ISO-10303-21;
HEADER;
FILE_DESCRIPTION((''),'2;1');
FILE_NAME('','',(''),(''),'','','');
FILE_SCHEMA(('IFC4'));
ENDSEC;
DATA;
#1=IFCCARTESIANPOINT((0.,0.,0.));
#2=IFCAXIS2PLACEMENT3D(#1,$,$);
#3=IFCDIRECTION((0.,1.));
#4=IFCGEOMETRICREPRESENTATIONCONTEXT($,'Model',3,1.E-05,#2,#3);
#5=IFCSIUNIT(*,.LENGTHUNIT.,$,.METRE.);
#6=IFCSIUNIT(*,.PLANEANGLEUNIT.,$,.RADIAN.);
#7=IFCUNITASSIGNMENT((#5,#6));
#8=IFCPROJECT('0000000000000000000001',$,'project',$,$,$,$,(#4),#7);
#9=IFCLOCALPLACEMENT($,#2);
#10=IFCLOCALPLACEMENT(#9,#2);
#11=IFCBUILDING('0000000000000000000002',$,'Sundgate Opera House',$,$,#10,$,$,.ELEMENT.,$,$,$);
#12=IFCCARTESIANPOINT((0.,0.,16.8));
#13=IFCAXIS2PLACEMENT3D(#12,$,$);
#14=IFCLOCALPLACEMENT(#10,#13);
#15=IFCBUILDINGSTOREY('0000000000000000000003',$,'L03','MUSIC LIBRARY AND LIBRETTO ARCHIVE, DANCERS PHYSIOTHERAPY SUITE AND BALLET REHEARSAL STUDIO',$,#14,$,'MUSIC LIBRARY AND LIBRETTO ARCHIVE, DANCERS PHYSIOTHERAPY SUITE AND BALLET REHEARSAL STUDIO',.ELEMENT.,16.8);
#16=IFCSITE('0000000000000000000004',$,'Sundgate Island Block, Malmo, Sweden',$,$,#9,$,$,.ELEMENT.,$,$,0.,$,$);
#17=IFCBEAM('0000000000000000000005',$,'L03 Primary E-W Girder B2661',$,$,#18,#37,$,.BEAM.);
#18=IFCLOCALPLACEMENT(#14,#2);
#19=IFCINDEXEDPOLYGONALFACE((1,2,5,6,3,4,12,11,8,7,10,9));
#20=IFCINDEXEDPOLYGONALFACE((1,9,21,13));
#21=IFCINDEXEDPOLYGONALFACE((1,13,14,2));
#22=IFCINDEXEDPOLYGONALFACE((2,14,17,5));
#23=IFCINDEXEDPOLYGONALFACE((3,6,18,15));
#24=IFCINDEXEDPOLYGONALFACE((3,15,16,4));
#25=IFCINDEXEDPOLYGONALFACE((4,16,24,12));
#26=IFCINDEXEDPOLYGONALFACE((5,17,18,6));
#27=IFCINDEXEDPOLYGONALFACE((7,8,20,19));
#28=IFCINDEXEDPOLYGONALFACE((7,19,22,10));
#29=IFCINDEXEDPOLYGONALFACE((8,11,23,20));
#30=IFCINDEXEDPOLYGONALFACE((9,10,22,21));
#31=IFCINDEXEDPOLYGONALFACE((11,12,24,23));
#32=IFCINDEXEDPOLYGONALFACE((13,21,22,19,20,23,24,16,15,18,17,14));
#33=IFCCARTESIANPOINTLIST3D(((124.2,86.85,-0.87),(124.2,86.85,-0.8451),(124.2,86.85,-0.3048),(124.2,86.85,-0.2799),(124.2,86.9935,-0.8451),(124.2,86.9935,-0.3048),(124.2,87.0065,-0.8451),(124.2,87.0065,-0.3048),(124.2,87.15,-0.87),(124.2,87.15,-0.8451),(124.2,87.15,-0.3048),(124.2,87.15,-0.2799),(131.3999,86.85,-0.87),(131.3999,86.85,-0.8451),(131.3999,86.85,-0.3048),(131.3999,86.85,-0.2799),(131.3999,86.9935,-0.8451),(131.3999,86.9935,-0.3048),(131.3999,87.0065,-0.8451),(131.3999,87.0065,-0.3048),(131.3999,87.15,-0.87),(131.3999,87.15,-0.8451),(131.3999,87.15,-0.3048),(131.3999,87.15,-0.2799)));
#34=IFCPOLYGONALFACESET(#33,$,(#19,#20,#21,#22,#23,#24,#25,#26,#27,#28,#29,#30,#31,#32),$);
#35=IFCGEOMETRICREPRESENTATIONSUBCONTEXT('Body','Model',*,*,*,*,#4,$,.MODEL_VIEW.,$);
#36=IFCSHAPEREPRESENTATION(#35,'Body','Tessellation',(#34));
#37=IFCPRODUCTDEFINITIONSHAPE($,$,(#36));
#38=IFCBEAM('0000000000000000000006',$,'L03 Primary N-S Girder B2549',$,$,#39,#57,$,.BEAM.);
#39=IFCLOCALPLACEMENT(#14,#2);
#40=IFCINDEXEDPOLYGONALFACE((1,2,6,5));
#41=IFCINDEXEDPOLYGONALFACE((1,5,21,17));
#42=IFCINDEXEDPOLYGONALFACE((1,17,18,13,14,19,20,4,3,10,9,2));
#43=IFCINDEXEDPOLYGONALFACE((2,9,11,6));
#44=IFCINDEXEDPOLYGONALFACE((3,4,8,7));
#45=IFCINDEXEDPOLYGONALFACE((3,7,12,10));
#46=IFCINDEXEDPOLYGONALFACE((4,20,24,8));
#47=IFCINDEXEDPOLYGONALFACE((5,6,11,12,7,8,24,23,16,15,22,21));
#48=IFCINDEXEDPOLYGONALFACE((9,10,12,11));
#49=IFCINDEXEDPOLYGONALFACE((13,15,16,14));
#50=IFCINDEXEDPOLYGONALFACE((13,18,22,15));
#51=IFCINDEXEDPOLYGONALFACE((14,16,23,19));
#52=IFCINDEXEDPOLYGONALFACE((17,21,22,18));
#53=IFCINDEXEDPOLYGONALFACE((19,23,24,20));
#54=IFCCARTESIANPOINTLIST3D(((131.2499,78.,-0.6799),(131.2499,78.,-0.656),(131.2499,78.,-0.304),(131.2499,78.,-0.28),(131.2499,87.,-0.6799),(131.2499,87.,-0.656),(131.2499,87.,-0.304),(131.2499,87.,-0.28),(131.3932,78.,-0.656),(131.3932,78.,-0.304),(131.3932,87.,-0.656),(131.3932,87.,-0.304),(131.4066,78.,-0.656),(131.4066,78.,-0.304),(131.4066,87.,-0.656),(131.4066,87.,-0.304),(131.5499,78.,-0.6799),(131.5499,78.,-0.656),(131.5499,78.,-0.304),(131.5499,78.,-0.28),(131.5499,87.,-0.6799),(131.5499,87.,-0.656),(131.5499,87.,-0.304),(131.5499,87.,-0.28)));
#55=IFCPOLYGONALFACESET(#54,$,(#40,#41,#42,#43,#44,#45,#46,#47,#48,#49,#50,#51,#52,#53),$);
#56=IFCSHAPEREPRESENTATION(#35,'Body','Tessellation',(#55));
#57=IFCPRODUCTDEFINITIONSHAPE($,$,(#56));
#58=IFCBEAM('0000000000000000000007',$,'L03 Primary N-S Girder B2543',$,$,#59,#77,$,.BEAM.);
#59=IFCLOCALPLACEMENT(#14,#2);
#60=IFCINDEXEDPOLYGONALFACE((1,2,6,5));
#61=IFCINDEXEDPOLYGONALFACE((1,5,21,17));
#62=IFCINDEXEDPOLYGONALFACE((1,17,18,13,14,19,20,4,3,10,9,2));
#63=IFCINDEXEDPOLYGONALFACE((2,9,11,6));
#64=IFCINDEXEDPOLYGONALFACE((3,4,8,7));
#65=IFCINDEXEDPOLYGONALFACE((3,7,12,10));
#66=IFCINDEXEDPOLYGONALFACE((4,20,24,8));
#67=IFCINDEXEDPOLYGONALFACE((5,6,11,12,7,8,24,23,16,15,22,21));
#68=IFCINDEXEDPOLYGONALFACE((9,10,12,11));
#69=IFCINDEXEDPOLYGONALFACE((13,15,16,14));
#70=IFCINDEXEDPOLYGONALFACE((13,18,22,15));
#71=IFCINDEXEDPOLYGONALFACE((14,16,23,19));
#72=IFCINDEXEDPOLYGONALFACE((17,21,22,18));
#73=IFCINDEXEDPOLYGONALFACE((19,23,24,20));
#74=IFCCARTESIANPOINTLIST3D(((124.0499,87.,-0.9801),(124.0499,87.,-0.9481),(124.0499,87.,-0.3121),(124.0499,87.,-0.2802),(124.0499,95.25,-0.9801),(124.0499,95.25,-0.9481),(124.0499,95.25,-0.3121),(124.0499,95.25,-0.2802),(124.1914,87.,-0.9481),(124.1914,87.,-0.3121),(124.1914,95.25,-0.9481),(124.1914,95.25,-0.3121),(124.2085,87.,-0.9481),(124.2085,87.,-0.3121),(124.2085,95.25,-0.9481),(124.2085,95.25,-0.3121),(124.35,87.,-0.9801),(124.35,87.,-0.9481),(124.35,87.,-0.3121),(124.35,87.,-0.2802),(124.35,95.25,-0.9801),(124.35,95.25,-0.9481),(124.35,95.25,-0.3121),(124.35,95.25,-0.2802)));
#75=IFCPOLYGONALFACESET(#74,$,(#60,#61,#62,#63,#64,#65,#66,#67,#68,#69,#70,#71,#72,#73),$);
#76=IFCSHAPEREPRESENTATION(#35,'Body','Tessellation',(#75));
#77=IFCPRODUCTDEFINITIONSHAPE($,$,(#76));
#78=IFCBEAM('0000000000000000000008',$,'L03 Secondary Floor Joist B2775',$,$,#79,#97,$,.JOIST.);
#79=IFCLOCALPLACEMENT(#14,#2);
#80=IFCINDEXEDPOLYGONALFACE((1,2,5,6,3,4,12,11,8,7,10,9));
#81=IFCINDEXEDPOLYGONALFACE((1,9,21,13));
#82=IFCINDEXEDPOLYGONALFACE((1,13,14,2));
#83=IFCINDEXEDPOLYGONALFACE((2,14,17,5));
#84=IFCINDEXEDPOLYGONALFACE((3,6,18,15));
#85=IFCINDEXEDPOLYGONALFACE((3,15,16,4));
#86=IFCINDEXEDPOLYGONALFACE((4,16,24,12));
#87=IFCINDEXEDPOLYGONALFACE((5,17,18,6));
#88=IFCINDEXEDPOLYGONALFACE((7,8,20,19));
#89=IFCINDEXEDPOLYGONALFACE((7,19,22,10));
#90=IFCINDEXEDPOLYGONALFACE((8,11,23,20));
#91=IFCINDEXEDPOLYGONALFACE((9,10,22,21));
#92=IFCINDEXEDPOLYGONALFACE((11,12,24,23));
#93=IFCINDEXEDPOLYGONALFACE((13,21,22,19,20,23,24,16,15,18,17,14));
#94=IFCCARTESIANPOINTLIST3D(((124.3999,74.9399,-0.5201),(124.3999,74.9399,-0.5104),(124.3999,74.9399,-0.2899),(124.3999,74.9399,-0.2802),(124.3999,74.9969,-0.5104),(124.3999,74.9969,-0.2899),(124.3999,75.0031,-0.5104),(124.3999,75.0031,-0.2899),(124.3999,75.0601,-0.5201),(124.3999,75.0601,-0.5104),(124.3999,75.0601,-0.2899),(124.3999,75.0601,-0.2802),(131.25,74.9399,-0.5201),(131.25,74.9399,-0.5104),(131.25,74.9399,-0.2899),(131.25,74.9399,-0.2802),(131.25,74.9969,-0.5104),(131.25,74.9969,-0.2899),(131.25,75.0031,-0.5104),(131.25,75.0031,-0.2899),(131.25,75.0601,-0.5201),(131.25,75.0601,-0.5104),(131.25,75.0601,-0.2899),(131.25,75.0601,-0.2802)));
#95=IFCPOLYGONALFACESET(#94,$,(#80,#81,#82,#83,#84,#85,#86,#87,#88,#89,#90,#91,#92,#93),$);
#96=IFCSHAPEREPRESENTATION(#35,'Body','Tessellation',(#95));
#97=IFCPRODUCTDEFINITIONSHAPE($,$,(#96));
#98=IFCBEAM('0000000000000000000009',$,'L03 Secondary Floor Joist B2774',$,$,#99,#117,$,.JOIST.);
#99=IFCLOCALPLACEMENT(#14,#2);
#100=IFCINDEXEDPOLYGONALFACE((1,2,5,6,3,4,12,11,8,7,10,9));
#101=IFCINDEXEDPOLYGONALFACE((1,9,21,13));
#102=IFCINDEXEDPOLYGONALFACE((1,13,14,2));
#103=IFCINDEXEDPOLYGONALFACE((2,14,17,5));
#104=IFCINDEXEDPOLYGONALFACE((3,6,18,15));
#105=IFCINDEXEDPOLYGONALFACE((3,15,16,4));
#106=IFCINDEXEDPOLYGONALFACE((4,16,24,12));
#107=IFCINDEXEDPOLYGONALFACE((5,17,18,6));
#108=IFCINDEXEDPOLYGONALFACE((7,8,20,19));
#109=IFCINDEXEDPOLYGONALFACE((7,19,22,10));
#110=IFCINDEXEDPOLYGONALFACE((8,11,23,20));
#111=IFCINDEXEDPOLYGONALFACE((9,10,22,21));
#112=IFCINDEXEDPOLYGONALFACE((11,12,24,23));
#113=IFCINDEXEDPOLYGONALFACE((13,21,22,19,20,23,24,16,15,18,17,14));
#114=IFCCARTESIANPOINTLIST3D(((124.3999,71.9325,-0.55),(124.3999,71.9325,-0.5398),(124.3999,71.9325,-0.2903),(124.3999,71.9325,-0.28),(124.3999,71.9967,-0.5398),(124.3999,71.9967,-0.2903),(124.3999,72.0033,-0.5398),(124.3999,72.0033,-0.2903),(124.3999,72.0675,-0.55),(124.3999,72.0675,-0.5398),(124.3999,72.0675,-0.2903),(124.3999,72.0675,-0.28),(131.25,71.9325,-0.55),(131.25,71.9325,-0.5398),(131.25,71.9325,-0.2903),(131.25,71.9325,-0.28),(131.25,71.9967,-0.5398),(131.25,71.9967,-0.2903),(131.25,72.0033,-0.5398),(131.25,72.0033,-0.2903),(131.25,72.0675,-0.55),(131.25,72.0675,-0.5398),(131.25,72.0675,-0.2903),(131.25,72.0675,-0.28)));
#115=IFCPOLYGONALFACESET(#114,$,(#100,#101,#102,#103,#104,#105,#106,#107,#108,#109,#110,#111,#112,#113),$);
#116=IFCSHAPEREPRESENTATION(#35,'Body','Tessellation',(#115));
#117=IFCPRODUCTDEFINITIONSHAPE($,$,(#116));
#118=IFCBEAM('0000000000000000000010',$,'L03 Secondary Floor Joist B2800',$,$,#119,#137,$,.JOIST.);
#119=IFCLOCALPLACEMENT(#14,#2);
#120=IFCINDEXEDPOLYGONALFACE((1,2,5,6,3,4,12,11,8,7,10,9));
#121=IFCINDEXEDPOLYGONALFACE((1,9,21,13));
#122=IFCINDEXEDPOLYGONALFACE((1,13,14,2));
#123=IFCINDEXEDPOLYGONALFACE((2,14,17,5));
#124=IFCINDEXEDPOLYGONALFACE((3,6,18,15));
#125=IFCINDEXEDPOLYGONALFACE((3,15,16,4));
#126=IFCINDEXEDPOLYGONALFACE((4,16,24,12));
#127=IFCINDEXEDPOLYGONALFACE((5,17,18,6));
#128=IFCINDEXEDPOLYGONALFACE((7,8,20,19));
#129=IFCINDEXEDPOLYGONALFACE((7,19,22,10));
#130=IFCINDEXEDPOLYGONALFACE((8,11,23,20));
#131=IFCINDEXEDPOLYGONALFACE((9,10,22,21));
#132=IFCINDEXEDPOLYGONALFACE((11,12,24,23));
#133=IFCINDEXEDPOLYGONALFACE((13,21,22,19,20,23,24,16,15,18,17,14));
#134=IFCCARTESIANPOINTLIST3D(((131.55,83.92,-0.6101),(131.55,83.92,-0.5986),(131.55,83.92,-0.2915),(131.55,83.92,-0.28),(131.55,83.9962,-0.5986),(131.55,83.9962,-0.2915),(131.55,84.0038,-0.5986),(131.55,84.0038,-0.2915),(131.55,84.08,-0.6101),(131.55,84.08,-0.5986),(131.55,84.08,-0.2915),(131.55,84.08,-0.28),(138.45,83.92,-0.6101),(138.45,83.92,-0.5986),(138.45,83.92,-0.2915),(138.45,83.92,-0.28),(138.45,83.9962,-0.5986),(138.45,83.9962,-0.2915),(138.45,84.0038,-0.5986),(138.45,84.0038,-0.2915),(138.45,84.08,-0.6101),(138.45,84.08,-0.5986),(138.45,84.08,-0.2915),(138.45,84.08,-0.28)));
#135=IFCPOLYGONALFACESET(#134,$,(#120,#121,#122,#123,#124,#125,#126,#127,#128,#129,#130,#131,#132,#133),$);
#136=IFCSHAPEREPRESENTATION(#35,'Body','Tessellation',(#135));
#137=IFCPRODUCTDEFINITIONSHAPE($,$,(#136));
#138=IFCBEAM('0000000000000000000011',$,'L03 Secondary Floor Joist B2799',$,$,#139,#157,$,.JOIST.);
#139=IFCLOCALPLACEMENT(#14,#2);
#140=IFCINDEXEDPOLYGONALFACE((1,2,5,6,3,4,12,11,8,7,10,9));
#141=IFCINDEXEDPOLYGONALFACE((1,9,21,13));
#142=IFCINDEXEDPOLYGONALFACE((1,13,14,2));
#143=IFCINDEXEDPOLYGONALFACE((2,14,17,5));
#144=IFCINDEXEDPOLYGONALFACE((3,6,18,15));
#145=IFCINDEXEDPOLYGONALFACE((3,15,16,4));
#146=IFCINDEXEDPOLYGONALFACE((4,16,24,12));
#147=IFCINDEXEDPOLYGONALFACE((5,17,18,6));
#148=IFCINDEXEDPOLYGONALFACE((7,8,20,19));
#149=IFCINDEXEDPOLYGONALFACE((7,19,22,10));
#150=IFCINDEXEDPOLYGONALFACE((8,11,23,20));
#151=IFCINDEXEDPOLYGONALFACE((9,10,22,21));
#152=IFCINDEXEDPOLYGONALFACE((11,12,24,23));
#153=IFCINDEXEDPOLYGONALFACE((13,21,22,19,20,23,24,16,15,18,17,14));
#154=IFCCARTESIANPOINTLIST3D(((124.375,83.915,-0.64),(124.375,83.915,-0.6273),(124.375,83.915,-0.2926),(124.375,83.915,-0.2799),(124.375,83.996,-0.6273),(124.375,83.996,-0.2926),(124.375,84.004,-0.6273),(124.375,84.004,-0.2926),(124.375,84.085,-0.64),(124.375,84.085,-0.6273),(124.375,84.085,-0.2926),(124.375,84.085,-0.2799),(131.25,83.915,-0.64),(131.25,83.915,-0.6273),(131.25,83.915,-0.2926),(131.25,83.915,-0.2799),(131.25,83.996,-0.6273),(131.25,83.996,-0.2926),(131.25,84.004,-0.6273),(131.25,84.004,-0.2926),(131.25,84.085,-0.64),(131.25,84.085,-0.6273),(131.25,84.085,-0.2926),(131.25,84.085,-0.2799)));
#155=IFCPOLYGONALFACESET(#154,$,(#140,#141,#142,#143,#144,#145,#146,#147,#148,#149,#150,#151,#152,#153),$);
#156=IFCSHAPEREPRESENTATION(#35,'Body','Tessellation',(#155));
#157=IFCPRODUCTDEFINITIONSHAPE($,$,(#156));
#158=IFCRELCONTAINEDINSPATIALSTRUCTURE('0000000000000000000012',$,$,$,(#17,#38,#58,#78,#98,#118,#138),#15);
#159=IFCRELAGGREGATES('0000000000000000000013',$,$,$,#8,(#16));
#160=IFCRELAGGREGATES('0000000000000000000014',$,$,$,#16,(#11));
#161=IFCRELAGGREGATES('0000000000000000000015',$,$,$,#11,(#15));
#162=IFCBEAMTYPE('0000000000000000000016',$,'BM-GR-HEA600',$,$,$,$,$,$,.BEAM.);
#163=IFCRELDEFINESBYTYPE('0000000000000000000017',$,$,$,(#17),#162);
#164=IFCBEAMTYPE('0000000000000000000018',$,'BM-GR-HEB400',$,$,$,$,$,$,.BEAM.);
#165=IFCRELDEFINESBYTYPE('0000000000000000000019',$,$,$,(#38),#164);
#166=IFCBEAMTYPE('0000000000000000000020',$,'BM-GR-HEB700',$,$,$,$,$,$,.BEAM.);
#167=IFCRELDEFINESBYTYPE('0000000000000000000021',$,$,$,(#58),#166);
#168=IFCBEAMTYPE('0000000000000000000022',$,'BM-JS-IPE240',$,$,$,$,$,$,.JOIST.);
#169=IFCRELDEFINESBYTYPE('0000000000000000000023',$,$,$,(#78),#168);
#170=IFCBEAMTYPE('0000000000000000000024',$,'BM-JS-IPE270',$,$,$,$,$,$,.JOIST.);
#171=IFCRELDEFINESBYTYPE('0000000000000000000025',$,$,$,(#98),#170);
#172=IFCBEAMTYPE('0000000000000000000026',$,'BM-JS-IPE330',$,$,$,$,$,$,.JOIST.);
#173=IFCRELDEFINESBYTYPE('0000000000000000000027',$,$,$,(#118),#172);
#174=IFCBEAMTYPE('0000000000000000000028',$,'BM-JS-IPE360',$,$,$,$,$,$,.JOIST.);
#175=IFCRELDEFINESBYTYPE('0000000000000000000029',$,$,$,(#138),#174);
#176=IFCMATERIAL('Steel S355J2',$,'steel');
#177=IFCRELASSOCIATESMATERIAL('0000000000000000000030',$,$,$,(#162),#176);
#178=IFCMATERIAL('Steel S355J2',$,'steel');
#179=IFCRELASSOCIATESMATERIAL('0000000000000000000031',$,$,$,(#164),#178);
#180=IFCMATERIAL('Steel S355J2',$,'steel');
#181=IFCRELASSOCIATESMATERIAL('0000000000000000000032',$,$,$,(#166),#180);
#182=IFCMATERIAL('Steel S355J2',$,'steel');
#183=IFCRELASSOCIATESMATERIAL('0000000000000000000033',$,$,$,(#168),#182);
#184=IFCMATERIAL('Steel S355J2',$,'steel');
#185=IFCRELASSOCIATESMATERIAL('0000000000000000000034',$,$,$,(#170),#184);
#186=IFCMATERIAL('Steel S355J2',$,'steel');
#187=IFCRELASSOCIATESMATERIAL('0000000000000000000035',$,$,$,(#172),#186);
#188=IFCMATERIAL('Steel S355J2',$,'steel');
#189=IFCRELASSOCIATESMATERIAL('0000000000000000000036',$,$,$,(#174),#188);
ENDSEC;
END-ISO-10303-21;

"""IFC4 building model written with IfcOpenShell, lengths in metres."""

from ifc_helpers import new_model, si_unit, direction, frame, origin, origin_2d, place, context, subcontext, project, spatial, i_section, extrude, material, material_profile, profile_set, type_object, element, save


model = new_model("IFC4")

# Units and contexts
model_context = context("Model", 3, precision=1e-05, world=origin(), true_north=direction((0.0, 1.0)))
body_context = subcontext(model_context, "Body", "Model", "MODEL_VIEW")
ifc_project = project(units=[si_unit("LENGTHUNIT", "METRE"), si_unit("PLANEANGLEUNIT", "RADIAN")], contexts=[model_context])

# Site, building, storey
site_placement = place(None, origin())
site = spatial("IfcSite", under=ifc_project, at=site_placement, Name="Sundgate Island Block, Malmo, Sweden", CompositionType="ELEMENT", RefElevation=0.0)
building_placement = place(site_placement, origin())
building = spatial("IfcBuilding", under=site, at=building_placement, Name="Sundgate Opera House", CompositionType="ELEMENT")
storey_placement = place(building_placement, frame((0.0, 0.0, 16.8)))
storey = spatial("IfcBuildingStorey", under=building, at=storey_placement, Name="L03", Description="MUSIC LIBRARY AND LIBRETTO ARCHIVE, DANCERS PHYSIOTHERAPY SUITE AND BALLET REHEARSAL STUDIO", LongName="MUSIC LIBRARY AND LIBRETTO ARCHIVE, DANCERS PHYSIOTHERAPY SUITE AND BALLET REHEARSAL STUDIO", CompositionType="ELEMENT", Elevation=16.8)

# Beams
ifc_material_1 = material(Name="Steel S355J2", Category="steel")
ifc_material_profile_1 = material_profile(ifc_material_1, i_section(OverallWidth=0.3, OverallDepth=0.5901, WebThickness=0.0129, FlangeThickness=0.0249, at=origin_2d()), Name="HEA 600")
ifc_profile_set_1 = profile_set([ifc_material_profile_1], Name="Steel S355J2")
beam_type_1 = type_object("IfcBeamType", Name="BM-GR-HEA600", PredefinedType="BEAM", material=ifc_profile_set_1)
beam_1_placement = place(storey_placement, frame((124.2, 87.0, -0.575), z_axis=(1.0, 0.0, 0.0), x_axis=(0.0, 1.0, 0.0)))
element("IfcBeam", 1, at=beam_1_placement, inside=storey, type_object=beam_type_1, Name="L03 Primary E-W Girder B2661", PredefinedType="BEAM", context=body_context, shape_type="SweptSolid", body=[
    extrude(i_section(OverallWidth=0.3, OverallDepth=0.5901, WebThickness=0.0129, FlangeThickness=0.0249, at=origin_2d()), origin(), (0.0, 0.0, 1.0), 7.2),
])
ifc_material_2 = material(Name="Steel S355J2", Category="steel")
ifc_material_profile_2 = material_profile(ifc_material_2, i_section(OverallWidth=0.3, OverallDepth=0.3999, WebThickness=0.0134, FlangeThickness=0.0239, at=origin_2d()), Name="HEB 400")
ifc_profile_set_2 = profile_set([ifc_material_profile_2], Name="Steel S355J2")
beam_type_2 = type_object("IfcBeamType", Name="BM-GR-HEB400", PredefinedType="BEAM", material=ifc_profile_set_2)
beam_2_placement = place(storey_placement, frame((131.3999, 78.0, -0.48), z_axis=(0.0, 1.0, 0.0), x_axis=(-1.0, 0.0, 0.0)))
element("IfcBeam", 2, at=beam_2_placement, inside=storey, type_object=beam_type_2, Name="L03 Primary N-S Girder B2549", PredefinedType="BEAM", context=body_context, shape_type="SweptSolid", body=[
    extrude(i_section(OverallWidth=0.3, OverallDepth=0.3999, WebThickness=0.0134, FlangeThickness=0.0239, at=origin_2d()), origin(), (0.0, 0.0, 1.0), 9.0),
])
ifc_material_3 = material(Name="Steel S355J2", Category="steel")
ifc_material_profile_3 = material_profile(ifc_material_3, i_section(OverallWidth=0.3, OverallDepth=0.7, WebThickness=0.0171, FlangeThickness=0.032, at=origin_2d()), Name="HEB 700")
ifc_profile_set_3 = profile_set([ifc_material_profile_3], Name="Steel S355J2")
beam_type_3 = type_object("IfcBeamType", Name="BM-GR-HEB700", PredefinedType="BEAM", material=ifc_profile_set_3)
beam_3_placement = place(storey_placement, frame((124.2, 87.0, -0.6301), z_axis=(0.0, 1.0, 0.0), x_axis=(-1.0, 0.0, 0.0)))
element("IfcBeam", 3, at=beam_3_placement, inside=storey, type_object=beam_type_3, Name="L03 Primary N-S Girder B2543", PredefinedType="BEAM", context=body_context, shape_type="SweptSolid", body=[
    extrude(i_section(OverallWidth=0.3, OverallDepth=0.7, WebThickness=0.0171, FlangeThickness=0.032, at=origin_2d()), origin(), (0.0, 0.0, 1.0), 8.25),
])
ifc_material_4 = material(Name="Steel S355J2", Category="steel")
ifc_material_profile_4 = material_profile(ifc_material_4, i_section(OverallWidth=0.1201, OverallDepth=0.24, WebThickness=0.0061, FlangeThickness=0.0098, at=origin_2d()), Name="IPE 240")
ifc_profile_set_4 = profile_set([ifc_material_profile_4], Name="Steel S355J2")
beam_type_4 = type_object("IfcBeamType", Name="BM-JS-IPE240", PredefinedType="JOIST", material=ifc_profile_set_4)
beam_4_placement = place(storey_placement, frame((124.3999, 75.0, -0.4001), z_axis=(1.0, 0.0, 0.0), x_axis=(0.0, 1.0, 0.0)))
element("IfcBeam", 4, at=beam_4_placement, inside=storey, type_object=beam_type_4, Name="L03 Secondary Floor Joist B2775", PredefinedType="JOIST", context=body_context, shape_type="SweptSolid", body=[
    extrude(i_section(OverallWidth=0.1201, OverallDepth=0.24, WebThickness=0.0061, FlangeThickness=0.0098, at=origin_2d()), origin(), (0.0, 0.0, 1.0), 6.8501),
])
ifc_material_5 = material(Name="Steel S355J2", Category="steel")
ifc_material_profile_5 = material_profile(ifc_material_5, i_section(OverallWidth=0.135, OverallDepth=0.27, WebThickness=0.0066, FlangeThickness=0.0103, at=origin_2d()), Name="IPE 270")
ifc_profile_set_5 = profile_set([ifc_material_profile_5], Name="Steel S355J2")
beam_type_5 = type_object("IfcBeamType", Name="BM-JS-IPE270", PredefinedType="JOIST", material=ifc_profile_set_5)
beam_5_placement = place(storey_placement, frame((124.3999, 72.0, -0.415), z_axis=(1.0, 0.0, 0.0), x_axis=(0.0, 1.0, 0.0)))
element("IfcBeam", 5, at=beam_5_placement, inside=storey, type_object=beam_type_5, Name="L03 Secondary Floor Joist B2774", PredefinedType="JOIST", context=body_context, shape_type="SweptSolid", body=[
    extrude(i_section(OverallWidth=0.135, OverallDepth=0.27, WebThickness=0.0066, FlangeThickness=0.0103, at=origin_2d()), origin(), (0.0, 0.0, 1.0), 6.8501),
])
ifc_material_6 = material(Name="Steel S355J2", Category="steel")
ifc_material_profile_6 = material_profile(ifc_material_6, i_section(OverallWidth=0.1599, OverallDepth=0.3301, WebThickness=0.0076, FlangeThickness=0.0115, at=origin_2d()), Name="IPE 330")
ifc_profile_set_6 = profile_set([ifc_material_profile_6], Name="Steel S355J2")
beam_type_6 = type_object("IfcBeamType", Name="BM-JS-IPE330", PredefinedType="JOIST", material=ifc_profile_set_6)
beam_6_placement = place(storey_placement, frame((131.55, 84.0, -0.4451), z_axis=(1.0, 0.0, 0.0), x_axis=(0.0, 1.0, 0.0)))
element("IfcBeam", 6, at=beam_6_placement, inside=storey, type_object=beam_type_6, Name="L03 Secondary Floor Joist B2800", PredefinedType="JOIST", context=body_context, shape_type="SweptSolid", body=[
    extrude(i_section(OverallWidth=0.1599, OverallDepth=0.3301, WebThickness=0.0076, FlangeThickness=0.0115, at=origin_2d()), origin(), (0.0, 0.0, 1.0), 6.8999),
])
ifc_material_7 = material(Name="Steel S355J2", Category="steel")
ifc_material_profile_7 = material_profile(ifc_material_7, i_section(OverallWidth=0.1699, OverallDepth=0.3601, WebThickness=0.0081, FlangeThickness=0.0127, at=origin_2d()), Name="IPE 360")
ifc_profile_set_7 = profile_set([ifc_material_profile_7], Name="Steel S355J2")
beam_type_7 = type_object("IfcBeamType", Name="BM-JS-IPE360", PredefinedType="JOIST", material=ifc_profile_set_7)
beam_7_placement = place(storey_placement, frame((124.375, 84.0, -0.46), z_axis=(1.0, 0.0, 0.0), x_axis=(0.0, 1.0, 0.0)))
element("IfcBeam", 7, at=beam_7_placement, inside=storey, type_object=beam_type_7, Name="L03 Secondary Floor Joist B2799", PredefinedType="JOIST", context=body_context, shape_type="SweptSolid", body=[
    extrude(i_section(OverallWidth=0.1699, OverallDepth=0.3601, WebThickness=0.0081, FlangeThickness=0.0127, at=origin_2d()), origin(), (0.0, 0.0, 1.0), 6.875),
])

save(model, "model.ifc")
